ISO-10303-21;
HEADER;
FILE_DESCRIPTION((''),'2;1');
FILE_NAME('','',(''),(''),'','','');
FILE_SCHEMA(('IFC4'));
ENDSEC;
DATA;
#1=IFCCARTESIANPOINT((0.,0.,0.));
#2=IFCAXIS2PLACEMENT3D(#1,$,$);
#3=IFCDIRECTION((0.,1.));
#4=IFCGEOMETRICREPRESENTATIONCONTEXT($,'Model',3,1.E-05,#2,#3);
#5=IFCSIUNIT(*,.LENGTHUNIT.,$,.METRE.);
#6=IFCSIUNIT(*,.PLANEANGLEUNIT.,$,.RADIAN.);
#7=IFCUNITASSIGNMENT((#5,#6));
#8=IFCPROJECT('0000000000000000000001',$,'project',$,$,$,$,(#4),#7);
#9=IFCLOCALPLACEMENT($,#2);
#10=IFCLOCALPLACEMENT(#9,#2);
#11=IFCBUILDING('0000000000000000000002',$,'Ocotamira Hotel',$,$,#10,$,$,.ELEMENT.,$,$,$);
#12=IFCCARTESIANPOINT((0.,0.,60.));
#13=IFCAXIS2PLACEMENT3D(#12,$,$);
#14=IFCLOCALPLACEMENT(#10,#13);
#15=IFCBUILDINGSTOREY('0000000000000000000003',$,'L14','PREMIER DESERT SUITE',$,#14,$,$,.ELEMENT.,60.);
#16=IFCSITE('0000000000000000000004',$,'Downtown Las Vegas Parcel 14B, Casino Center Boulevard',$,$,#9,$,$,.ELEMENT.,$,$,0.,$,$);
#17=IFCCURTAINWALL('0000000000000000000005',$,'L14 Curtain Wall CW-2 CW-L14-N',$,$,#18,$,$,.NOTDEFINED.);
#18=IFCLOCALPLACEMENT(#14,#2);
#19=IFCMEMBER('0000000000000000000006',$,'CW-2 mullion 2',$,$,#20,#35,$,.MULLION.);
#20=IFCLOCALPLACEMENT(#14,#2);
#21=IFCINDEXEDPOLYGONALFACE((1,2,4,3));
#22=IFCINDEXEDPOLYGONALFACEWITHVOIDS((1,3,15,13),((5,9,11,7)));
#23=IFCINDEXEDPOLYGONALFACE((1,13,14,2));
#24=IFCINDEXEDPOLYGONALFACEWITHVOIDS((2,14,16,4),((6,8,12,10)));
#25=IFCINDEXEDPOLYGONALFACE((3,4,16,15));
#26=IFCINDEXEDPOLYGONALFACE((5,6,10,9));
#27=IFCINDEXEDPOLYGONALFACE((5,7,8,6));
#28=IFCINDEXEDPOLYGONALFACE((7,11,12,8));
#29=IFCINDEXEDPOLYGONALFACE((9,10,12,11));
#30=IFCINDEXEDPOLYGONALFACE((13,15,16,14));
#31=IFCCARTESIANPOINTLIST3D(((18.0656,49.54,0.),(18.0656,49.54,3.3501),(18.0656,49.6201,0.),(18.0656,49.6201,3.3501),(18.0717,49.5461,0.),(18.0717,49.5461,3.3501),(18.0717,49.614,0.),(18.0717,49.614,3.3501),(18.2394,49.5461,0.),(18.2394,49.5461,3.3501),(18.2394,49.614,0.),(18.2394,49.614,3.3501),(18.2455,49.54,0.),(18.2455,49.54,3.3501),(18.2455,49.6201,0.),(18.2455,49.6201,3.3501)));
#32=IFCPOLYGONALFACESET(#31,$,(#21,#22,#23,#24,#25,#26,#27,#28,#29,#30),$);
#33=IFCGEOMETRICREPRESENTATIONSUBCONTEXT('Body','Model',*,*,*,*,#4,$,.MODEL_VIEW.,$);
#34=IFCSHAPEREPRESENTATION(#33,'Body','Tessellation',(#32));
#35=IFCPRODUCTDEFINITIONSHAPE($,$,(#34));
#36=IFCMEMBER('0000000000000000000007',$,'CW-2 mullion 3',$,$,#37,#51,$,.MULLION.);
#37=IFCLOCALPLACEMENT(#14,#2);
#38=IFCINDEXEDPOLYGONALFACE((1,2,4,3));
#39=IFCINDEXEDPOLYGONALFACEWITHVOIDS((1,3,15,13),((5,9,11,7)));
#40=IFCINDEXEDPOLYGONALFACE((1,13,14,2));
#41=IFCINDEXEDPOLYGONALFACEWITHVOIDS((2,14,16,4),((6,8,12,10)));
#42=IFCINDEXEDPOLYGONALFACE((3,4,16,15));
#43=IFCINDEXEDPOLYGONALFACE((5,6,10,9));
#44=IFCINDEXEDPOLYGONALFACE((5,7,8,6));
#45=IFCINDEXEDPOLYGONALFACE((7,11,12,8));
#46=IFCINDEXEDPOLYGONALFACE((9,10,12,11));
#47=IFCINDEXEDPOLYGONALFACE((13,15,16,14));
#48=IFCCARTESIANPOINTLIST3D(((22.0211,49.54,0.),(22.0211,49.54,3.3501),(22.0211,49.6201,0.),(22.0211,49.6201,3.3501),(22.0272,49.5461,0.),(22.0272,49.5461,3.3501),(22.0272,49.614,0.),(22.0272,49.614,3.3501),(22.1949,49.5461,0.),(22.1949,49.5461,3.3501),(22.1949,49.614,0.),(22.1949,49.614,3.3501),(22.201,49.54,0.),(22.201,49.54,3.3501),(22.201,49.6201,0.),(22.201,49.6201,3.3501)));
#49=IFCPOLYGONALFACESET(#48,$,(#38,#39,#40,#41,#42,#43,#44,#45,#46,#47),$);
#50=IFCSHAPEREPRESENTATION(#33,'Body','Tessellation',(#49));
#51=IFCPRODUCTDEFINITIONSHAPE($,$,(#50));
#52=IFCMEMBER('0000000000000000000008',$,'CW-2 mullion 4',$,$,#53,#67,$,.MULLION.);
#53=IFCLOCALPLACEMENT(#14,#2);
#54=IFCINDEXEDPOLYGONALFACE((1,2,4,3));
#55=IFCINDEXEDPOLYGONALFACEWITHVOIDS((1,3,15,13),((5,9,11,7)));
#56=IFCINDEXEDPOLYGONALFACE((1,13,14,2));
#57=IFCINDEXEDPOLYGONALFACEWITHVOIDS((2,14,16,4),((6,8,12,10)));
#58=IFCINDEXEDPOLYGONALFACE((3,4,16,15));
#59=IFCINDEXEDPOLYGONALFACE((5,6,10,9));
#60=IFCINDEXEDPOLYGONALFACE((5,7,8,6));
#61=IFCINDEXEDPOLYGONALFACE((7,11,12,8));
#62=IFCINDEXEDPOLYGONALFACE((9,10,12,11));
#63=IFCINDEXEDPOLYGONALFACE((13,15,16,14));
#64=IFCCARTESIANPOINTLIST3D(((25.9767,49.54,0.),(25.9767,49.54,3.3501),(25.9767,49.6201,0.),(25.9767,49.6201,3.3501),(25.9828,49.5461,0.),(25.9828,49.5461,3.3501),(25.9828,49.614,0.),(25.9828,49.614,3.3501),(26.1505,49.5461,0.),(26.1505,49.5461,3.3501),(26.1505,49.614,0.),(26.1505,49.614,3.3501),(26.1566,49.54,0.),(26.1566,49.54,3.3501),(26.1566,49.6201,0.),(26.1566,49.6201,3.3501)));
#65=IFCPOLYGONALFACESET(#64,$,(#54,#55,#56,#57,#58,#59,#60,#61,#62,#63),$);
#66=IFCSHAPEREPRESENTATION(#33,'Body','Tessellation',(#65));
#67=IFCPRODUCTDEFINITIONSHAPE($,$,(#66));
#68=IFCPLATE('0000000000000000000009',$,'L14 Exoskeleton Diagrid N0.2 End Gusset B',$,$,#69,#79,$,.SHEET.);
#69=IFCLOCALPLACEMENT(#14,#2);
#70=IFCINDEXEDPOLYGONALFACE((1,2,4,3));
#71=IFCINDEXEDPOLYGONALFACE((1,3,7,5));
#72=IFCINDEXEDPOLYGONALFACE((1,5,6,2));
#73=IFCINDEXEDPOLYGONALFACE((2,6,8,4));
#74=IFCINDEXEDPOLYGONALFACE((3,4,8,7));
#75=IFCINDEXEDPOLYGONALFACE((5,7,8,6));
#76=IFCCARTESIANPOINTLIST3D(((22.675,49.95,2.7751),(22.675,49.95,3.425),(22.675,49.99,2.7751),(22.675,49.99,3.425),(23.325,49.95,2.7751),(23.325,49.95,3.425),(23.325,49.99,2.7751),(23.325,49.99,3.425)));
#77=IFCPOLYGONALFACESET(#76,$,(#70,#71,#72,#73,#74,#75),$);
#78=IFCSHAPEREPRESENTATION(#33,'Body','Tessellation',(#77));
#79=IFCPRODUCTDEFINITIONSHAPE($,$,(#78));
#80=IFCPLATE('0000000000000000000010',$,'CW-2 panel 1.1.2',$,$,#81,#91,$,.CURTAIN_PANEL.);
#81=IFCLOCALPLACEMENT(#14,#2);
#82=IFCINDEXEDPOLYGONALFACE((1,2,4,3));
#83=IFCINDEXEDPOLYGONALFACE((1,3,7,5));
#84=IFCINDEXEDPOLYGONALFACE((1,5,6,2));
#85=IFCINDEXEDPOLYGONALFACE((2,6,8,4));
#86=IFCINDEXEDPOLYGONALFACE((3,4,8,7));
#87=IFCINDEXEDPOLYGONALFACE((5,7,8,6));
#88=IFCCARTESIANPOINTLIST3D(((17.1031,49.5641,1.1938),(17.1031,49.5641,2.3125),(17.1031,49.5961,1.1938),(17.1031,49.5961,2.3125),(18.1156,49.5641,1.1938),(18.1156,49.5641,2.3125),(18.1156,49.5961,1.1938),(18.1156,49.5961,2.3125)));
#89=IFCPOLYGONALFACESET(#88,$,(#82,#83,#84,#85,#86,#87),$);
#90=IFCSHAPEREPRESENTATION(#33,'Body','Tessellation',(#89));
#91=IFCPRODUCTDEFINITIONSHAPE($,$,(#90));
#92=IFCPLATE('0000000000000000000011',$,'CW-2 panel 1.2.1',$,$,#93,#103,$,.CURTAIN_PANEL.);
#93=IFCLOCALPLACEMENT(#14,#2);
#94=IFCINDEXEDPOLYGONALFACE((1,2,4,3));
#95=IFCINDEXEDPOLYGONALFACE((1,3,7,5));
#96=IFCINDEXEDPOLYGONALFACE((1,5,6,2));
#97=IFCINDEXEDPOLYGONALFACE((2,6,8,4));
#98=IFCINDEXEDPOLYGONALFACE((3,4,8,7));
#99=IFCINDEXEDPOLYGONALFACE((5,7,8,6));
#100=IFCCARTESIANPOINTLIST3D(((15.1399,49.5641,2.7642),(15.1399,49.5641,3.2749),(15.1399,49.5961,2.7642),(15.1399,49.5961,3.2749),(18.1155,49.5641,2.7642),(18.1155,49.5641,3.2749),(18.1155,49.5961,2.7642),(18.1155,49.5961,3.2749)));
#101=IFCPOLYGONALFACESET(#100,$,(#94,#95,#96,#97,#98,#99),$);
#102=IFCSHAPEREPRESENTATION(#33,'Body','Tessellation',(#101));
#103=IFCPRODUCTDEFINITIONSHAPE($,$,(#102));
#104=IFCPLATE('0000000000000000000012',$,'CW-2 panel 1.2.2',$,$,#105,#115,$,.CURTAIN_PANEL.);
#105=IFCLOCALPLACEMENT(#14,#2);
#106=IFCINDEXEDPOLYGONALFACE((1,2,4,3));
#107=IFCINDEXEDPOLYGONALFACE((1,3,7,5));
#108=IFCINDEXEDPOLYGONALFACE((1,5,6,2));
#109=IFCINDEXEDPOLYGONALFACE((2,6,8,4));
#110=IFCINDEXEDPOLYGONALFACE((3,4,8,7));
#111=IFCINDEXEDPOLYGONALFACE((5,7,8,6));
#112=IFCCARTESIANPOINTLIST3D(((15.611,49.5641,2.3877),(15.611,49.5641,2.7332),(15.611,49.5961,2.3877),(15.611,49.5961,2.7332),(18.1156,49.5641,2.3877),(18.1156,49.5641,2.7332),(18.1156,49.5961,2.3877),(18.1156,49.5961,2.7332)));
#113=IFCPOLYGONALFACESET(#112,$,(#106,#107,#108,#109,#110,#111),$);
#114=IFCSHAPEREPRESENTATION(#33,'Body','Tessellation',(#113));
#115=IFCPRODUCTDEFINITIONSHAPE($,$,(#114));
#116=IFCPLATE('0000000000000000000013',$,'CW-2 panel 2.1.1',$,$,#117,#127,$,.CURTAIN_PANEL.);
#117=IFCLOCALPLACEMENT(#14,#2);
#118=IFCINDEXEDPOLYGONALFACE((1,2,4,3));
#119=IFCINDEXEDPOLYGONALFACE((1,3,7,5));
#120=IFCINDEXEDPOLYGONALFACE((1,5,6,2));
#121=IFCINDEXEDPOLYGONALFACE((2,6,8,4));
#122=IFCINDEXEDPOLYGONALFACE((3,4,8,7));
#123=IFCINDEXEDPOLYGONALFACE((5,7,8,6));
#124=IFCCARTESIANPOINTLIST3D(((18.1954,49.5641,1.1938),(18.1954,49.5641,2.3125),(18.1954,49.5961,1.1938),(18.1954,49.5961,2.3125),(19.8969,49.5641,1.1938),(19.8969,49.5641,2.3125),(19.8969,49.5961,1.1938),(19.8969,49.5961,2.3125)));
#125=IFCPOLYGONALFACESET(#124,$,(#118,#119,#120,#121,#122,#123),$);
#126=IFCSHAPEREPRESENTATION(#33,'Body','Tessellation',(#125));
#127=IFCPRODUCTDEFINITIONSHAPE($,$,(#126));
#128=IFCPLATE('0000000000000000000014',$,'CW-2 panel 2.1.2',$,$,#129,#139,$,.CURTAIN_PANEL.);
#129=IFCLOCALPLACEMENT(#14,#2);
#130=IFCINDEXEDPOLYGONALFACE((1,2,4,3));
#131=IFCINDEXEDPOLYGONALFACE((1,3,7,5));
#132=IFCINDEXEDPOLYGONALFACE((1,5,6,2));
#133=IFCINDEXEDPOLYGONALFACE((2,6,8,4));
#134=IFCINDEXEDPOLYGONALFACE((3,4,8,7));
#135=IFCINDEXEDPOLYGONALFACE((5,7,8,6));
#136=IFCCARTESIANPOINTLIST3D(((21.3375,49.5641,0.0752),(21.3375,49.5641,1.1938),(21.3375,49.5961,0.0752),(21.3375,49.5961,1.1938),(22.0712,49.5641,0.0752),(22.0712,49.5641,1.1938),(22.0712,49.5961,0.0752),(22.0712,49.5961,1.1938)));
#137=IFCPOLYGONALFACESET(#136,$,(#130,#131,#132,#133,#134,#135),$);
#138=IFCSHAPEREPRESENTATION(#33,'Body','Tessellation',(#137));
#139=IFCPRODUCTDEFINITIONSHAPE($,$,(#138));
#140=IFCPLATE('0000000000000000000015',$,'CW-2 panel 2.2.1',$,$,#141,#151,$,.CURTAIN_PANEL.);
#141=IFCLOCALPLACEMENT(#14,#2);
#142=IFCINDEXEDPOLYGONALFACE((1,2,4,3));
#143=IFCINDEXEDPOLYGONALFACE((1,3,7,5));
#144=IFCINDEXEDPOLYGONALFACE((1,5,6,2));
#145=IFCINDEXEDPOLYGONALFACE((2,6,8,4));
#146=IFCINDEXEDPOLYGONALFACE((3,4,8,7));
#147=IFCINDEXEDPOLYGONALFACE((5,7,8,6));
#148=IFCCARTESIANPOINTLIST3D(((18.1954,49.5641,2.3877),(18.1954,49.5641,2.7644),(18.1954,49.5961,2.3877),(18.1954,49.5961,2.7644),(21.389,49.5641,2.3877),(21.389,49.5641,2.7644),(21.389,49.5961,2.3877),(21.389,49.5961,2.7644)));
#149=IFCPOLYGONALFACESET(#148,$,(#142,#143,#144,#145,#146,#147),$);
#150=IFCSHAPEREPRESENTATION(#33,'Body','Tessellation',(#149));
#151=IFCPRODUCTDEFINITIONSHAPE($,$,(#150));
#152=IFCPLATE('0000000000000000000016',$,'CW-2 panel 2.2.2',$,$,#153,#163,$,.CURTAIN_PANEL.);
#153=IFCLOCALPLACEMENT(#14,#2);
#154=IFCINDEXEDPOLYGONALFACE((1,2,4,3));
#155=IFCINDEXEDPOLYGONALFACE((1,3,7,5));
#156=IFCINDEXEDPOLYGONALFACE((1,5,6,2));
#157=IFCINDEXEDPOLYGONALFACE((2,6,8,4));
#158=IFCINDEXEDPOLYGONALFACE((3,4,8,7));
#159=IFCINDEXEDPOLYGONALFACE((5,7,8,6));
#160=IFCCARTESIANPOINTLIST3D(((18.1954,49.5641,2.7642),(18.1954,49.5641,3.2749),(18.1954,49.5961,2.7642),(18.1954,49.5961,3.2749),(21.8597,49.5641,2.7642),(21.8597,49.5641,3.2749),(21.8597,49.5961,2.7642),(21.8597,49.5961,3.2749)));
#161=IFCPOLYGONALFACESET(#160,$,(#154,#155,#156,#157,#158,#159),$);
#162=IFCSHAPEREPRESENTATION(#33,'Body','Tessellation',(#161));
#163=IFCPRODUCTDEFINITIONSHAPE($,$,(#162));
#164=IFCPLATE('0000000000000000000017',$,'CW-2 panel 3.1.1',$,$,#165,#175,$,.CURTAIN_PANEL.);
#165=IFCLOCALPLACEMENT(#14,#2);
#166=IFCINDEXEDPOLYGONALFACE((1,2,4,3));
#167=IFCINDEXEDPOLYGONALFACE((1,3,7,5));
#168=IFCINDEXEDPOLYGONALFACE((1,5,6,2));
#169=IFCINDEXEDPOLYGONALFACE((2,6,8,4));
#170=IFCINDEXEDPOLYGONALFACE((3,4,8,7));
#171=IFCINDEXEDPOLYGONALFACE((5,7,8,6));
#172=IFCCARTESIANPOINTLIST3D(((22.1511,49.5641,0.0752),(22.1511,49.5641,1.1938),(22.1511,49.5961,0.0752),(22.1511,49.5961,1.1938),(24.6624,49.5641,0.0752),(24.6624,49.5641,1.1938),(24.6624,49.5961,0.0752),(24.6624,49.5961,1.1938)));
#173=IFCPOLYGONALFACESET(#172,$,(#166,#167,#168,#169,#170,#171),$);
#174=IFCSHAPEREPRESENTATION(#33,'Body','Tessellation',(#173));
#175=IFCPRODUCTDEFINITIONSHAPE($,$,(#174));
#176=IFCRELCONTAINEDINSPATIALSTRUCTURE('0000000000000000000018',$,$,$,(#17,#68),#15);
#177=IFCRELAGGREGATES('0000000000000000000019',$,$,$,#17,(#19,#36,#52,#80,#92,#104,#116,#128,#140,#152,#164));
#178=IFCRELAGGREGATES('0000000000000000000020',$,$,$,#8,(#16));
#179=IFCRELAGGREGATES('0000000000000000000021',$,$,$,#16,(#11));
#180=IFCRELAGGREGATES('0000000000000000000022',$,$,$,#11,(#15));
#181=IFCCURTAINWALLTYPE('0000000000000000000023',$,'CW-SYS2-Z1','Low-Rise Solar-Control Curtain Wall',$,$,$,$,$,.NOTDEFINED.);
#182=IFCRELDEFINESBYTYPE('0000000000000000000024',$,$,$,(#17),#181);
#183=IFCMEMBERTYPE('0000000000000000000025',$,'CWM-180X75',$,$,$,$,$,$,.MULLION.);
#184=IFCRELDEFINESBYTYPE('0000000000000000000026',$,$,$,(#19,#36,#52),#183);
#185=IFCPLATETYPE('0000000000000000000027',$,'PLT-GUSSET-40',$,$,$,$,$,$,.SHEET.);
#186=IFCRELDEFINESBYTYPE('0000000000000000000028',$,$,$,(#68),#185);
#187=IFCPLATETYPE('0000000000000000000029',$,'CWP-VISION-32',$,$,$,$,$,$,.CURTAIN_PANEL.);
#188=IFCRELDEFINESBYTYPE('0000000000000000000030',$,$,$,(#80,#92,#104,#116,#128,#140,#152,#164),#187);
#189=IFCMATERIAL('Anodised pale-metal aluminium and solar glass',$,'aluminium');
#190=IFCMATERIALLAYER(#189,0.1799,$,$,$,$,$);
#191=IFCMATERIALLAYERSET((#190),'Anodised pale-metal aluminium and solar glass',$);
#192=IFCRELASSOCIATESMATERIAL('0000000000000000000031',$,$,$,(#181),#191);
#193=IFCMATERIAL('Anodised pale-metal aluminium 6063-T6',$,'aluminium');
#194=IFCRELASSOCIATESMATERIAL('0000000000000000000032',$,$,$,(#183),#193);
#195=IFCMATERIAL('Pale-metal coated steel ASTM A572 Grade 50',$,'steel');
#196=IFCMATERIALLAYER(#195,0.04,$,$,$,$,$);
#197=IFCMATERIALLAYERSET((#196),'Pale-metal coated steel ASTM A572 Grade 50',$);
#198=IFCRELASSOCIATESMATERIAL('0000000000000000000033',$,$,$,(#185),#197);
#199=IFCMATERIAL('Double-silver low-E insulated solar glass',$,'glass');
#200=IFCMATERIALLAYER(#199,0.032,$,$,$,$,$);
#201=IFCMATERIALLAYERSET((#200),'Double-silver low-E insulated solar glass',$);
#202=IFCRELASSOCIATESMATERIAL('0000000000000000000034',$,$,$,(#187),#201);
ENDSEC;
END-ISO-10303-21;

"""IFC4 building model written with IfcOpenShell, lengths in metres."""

from ifc_helpers import new_model, si_unit, direction, frame, origin, origin_2d, place, context, subcontext, project, spatial, rectangle, hollow_rectangle, extrude, source, transform, mapped, material, layer, layer_set, material_profile, profile_set, type_object, element, aggregate, save


model = new_model("IFC4")

# Units and contexts
model_context = context("Model", 3, precision=1e-05, world=origin(), true_north=direction((0.0, 1.0)))
body_context = subcontext(model_context, "Body", "Model", "MODEL_VIEW")
ifc_project = project(units=[si_unit("LENGTHUNIT", "METRE"), si_unit("PLANEANGLEUNIT", "RADIAN")], contexts=[model_context])

# Site, building, storey
site_placement = place(None, origin())
site = spatial("IfcSite", under=ifc_project, at=site_placement, Name="Downtown Las Vegas Parcel 14B, Casino Center Boulevard", CompositionType="ELEMENT", RefElevation=0.0)
building_placement = place(site_placement, origin())
building = spatial("IfcBuilding", under=site, at=building_placement, Name="Ocotamira Hotel", CompositionType="ELEMENT")
storey_placement = place(building_placement, frame((0.0, 0.0, 60.0)))
storey = spatial("IfcBuildingStorey", under=building, at=storey_placement, Name="L14", Description="PREMIER DESERT SUITE", CompositionType="ELEMENT", Elevation=60.0)

# Curtain wall, members
ifc_material_1 = material(Name="Anodised pale-metal aluminium and solar glass", Category="aluminium")
ifc_layer_1 = layer(ifc_material_1, 0.1799)
ifc_layer_set_1 = layer_set([ifc_layer_1], Name="Anodised pale-metal aluminium and solar glass")
curtain_wall_type = type_object("IfcCurtainWallType", Name="CW-SYS2-Z1", Description="Low-Rise Solar-Control Curtain Wall", PredefinedType="NOTDEFINED", material=ifc_layer_set_1)
curtain_wall_placement = place(storey_placement, origin())
curtain_wall = element("IfcCurtainWall", 1, at=curtain_wall_placement, inside=storey, type_object=curtain_wall_type, Name="L14 Curtain Wall CW-2 CW-L14-N", PredefinedType="NOTDEFINED")
ifc_material_2 = material(Name="Anodised pale-metal aluminium 6063-T6", Category="aluminium")
ifc_material_profile_1 = material_profile(ifc_material_2, hollow_rectangle(XDim=0.0801, YDim=0.1799, WallThickness=0.0061, at=origin_2d()), Name="HSS180X80X6")
ifc_profile_set_1 = profile_set([ifc_material_profile_1], Name="Anodised pale-metal aluminium 6063-T6")
member_type_1 = type_object("IfcMemberType", Name="CWM-180X75", PredefinedType="MULLION", material=ifc_profile_set_1)
shared_shape_1 = source(origin(), body_context, "Body", "SweptSolid", [
    extrude(hollow_rectangle(XDim=0.0801, YDim=0.1799, WallThickness=0.0061, at=origin_2d()), origin(), (0.0, 0.0, 1.0), 3.3501),
])
member_1_placement = place(storey_placement, frame((18.1555, 49.5801, 0.0), z_axis=(0.0, 0.0, 1.0), x_axis=(0.0, 1.0, 0.0)))
member_1 = element("IfcMember", 2, at=member_1_placement, type_object=member_type_1, Name="CW-2 mullion 2", PredefinedType="MULLION", context=body_context, shape_type="MappedRepresentation", body=[
    mapped(shared_shape_1, transform((0.0, 0.0, 0.0), scale=1.0)),
])
member_2_placement = place(storey_placement, frame((22.1111, 49.5801, 0.0), z_axis=(0.0, 0.0, 1.0), x_axis=(0.0, 1.0, 0.0)))
member_2 = element("IfcMember", 3, at=member_2_placement, type_object=member_type_1, Name="CW-2 mullion 3", PredefinedType="MULLION", context=body_context, shape_type="MappedRepresentation", body=[
    mapped(shared_shape_1, transform((0.0, 0.0, 0.0), scale=1.0)),
])
member_3_placement = place(storey_placement, frame((26.0667, 49.5801, 0.0), z_axis=(0.0, 0.0, 1.0), x_axis=(0.0, 1.0, 0.0)))
member_3 = element("IfcMember", 4, at=member_3_placement, type_object=member_type_1, Name="CW-2 mullion 4", PredefinedType="MULLION", context=body_context, shape_type="MappedRepresentation", body=[
    mapped(shared_shape_1, transform((0.0, 0.0, 0.0), scale=1.0)),
])

# Plates
ifc_material_3 = material(Name="Pale-metal coated steel ASTM A572 Grade 50", Category="steel")
ifc_layer_2 = layer(ifc_material_3, 0.04)
ifc_layer_set_2 = layer_set([ifc_layer_2], Name="Pale-metal coated steel ASTM A572 Grade 50")
plate_type_1 = type_object("IfcPlateType", Name="PLT-GUSSET-40", PredefinedType="SHEET", material=ifc_layer_set_2)
shared_shape_2 = source(origin(), body_context, "Body", "SweptSolid", [
    extrude(rectangle(XDim=0.6499, YDim=0.04, at=origin_2d()), origin(), (0.0, 0.0, 1.0), 0.6499),
])
plate_1_placement = place(storey_placement, frame((23.0, 49.97, 2.7751), z_axis=(0.0, 0.0, 1.0), x_axis=(1.0, 0.0, 0.0)))
element("IfcPlate", 5, at=plate_1_placement, inside=storey, type_object=plate_type_1, Name="L14 Exoskeleton Diagrid N0.2 End Gusset B", PredefinedType="SHEET", context=body_context, shape_type="MappedRepresentation", body=[
    mapped(shared_shape_2, transform((0.0, 0.0, 0.0), scale=1.0)),
])
ifc_material_4 = material(Name="Double-silver low-E insulated solar glass", Category="glass")
ifc_layer_3 = layer(ifc_material_4, 0.032)
ifc_layer_set_3 = layer_set([ifc_layer_3], Name="Double-silver low-E insulated solar glass")
plate_type_2 = type_object("IfcPlateType", Name="CWP-VISION-32", PredefinedType="CURTAIN_PANEL", material=ifc_layer_set_3)
shared_shape_3 = source(origin(), body_context, "Body", "SweptSolid", [
    extrude(rectangle(XDim=1.0125, YDim=0.032, at=origin_2d()), origin(), (0.0, 0.0, 1.0), 1.1187),
])
plate_2_placement = place(storey_placement, frame((17.6094, 49.5801, 1.1938), z_axis=(0.0, 0.0, 1.0), x_axis=(1.0, 0.0, 0.0)))
plate_2 = element("IfcPlate", 6, at=plate_2_placement, type_object=plate_type_2, Name="CW-2 panel 1.1.2", PredefinedType="CURTAIN_PANEL", context=body_context, shape_type="MappedRepresentation", body=[
    mapped(shared_shape_3, transform((0.0, 0.0, 0.0), scale=1.0)),
])
shared_shape_4 = source(origin(), body_context, "Body", "SweptSolid", [
    extrude(rectangle(XDim=2.9756, YDim=0.032, at=origin_2d()), origin(), (0.0, 0.0, 1.0), 0.5107),
])
plate_3_placement = place(storey_placement, frame((16.6277, 49.5801, 2.7642), z_axis=(0.0, 0.0, 1.0), x_axis=(1.0, 0.0, 0.0)))
plate_3 = element("IfcPlate", 7, at=plate_3_placement, type_object=plate_type_2, Name="CW-2 panel 1.2.1", PredefinedType="CURTAIN_PANEL", context=body_context, shape_type="MappedRepresentation", body=[
    mapped(shared_shape_4, transform((0.0, 0.0, 0.0), scale=1.0)),
])
shared_shape_5 = source(origin(), body_context, "Body", "SweptSolid", [
    extrude(rectangle(XDim=2.5046, YDim=0.032, at=origin_2d()), origin(), (0.0, 0.0, 1.0), 0.3455),
])
plate_4_placement = place(storey_placement, frame((16.8633, 49.5801, 2.3877), z_axis=(0.0, 0.0, 1.0), x_axis=(1.0, 0.0, 0.0)))
plate_4 = element("IfcPlate", 8, at=plate_4_placement, type_object=plate_type_2, Name="CW-2 panel 1.2.2", PredefinedType="CURTAIN_PANEL", context=body_context, shape_type="MappedRepresentation", body=[
    mapped(shared_shape_5, transform((0.0, 0.0, 0.0), scale=1.0)),
])
shared_shape_6 = source(origin(), body_context, "Body", "SweptSolid", [
    extrude(rectangle(XDim=1.7014, YDim=0.032, at=origin_2d()), origin(), (0.0, 0.0, 1.0), 1.1187),
])
plate_5_placement = place(storey_placement, frame((19.0461, 49.5801, 1.1938), z_axis=(0.0, 0.0, 1.0), x_axis=(1.0, 0.0, 0.0)))
plate_5 = element("IfcPlate", 9, at=plate_5_placement, type_object=plate_type_2, Name="CW-2 panel 2.1.1", PredefinedType="CURTAIN_PANEL", context=body_context, shape_type="MappedRepresentation", body=[
    mapped(shared_shape_6, transform((0.0, 0.0, 0.0), scale=1.0)),
])
shared_shape_7 = source(origin(), body_context, "Body", "SweptSolid", [
    extrude(rectangle(XDim=0.7336, YDim=0.032, at=origin_2d()), origin(), (0.0, 0.0, 1.0), 1.1187),
])
plate_6_placement = place(storey_placement, frame((21.7043, 49.5801, 0.0752), z_axis=(0.0, 0.0, 1.0), x_axis=(1.0, 0.0, 0.0)))
plate_6 = element("IfcPlate", 10, at=plate_6_placement, type_object=plate_type_2, Name="CW-2 panel 2.1.2", PredefinedType="CURTAIN_PANEL", context=body_context, shape_type="MappedRepresentation", body=[
    mapped(shared_shape_7, transform((0.0, 0.0, 0.0), scale=1.0)),
])
shared_shape_8 = source(origin(), body_context, "Body", "SweptSolid", [
    extrude(rectangle(XDim=3.1936, YDim=0.032, at=origin_2d()), origin(), (0.0, 0.0, 1.0), 0.3767),
])
plate_7_placement = place(storey_placement, frame((19.7922, 49.5801, 2.3877), z_axis=(0.0, 0.0, 1.0), x_axis=(1.0, 0.0, 0.0)))
plate_7 = element("IfcPlate", 11, at=plate_7_placement, type_object=plate_type_2, Name="CW-2 panel 2.2.1", PredefinedType="CURTAIN_PANEL", context=body_context, shape_type="MappedRepresentation", body=[
    mapped(shared_shape_8, transform((0.0, 0.0, 0.0), scale=1.0)),
])
shared_shape_9 = source(origin(), body_context, "Body", "SweptSolid", [
    extrude(rectangle(XDim=3.6643, YDim=0.032, at=origin_2d()), origin(), (0.0, 0.0, 1.0), 0.5107),
])
plate_8_placement = place(storey_placement, frame((20.0276, 49.5801, 2.7642), z_axis=(0.0, 0.0, 1.0), x_axis=(1.0, 0.0, 0.0)))
plate_8 = element("IfcPlate", 12, at=plate_8_placement, type_object=plate_type_2, Name="CW-2 panel 2.2.2", PredefinedType="CURTAIN_PANEL", context=body_context, shape_type="MappedRepresentation", body=[
    mapped(shared_shape_9, transform((0.0, 0.0, 0.0), scale=1.0)),
])
shared_shape_10 = source(origin(), body_context, "Body", "SweptSolid", [
    extrude(rectangle(XDim=2.5112, YDim=0.032, at=origin_2d()), origin(), (0.0, 0.0, 1.0), 1.1187),
])
plate_9_placement = place(storey_placement, frame((23.4067, 49.5801, 0.0752), z_axis=(0.0, 0.0, 1.0), x_axis=(1.0, 0.0, 0.0)))
plate_9 = element("IfcPlate", 13, at=plate_9_placement, type_object=plate_type_2, Name="CW-2 panel 3.1.1", PredefinedType="CURTAIN_PANEL", context=body_context, shape_type="MappedRepresentation", body=[
    mapped(shared_shape_10, transform((0.0, 0.0, 0.0), scale=1.0)),
])
aggregate(curtain_wall, [member_1, member_2, member_3, plate_2, plate_3, plate_4, plate_5, plate_6, plate_7, plate_8, plate_9])

save(model, "model.ifc")
